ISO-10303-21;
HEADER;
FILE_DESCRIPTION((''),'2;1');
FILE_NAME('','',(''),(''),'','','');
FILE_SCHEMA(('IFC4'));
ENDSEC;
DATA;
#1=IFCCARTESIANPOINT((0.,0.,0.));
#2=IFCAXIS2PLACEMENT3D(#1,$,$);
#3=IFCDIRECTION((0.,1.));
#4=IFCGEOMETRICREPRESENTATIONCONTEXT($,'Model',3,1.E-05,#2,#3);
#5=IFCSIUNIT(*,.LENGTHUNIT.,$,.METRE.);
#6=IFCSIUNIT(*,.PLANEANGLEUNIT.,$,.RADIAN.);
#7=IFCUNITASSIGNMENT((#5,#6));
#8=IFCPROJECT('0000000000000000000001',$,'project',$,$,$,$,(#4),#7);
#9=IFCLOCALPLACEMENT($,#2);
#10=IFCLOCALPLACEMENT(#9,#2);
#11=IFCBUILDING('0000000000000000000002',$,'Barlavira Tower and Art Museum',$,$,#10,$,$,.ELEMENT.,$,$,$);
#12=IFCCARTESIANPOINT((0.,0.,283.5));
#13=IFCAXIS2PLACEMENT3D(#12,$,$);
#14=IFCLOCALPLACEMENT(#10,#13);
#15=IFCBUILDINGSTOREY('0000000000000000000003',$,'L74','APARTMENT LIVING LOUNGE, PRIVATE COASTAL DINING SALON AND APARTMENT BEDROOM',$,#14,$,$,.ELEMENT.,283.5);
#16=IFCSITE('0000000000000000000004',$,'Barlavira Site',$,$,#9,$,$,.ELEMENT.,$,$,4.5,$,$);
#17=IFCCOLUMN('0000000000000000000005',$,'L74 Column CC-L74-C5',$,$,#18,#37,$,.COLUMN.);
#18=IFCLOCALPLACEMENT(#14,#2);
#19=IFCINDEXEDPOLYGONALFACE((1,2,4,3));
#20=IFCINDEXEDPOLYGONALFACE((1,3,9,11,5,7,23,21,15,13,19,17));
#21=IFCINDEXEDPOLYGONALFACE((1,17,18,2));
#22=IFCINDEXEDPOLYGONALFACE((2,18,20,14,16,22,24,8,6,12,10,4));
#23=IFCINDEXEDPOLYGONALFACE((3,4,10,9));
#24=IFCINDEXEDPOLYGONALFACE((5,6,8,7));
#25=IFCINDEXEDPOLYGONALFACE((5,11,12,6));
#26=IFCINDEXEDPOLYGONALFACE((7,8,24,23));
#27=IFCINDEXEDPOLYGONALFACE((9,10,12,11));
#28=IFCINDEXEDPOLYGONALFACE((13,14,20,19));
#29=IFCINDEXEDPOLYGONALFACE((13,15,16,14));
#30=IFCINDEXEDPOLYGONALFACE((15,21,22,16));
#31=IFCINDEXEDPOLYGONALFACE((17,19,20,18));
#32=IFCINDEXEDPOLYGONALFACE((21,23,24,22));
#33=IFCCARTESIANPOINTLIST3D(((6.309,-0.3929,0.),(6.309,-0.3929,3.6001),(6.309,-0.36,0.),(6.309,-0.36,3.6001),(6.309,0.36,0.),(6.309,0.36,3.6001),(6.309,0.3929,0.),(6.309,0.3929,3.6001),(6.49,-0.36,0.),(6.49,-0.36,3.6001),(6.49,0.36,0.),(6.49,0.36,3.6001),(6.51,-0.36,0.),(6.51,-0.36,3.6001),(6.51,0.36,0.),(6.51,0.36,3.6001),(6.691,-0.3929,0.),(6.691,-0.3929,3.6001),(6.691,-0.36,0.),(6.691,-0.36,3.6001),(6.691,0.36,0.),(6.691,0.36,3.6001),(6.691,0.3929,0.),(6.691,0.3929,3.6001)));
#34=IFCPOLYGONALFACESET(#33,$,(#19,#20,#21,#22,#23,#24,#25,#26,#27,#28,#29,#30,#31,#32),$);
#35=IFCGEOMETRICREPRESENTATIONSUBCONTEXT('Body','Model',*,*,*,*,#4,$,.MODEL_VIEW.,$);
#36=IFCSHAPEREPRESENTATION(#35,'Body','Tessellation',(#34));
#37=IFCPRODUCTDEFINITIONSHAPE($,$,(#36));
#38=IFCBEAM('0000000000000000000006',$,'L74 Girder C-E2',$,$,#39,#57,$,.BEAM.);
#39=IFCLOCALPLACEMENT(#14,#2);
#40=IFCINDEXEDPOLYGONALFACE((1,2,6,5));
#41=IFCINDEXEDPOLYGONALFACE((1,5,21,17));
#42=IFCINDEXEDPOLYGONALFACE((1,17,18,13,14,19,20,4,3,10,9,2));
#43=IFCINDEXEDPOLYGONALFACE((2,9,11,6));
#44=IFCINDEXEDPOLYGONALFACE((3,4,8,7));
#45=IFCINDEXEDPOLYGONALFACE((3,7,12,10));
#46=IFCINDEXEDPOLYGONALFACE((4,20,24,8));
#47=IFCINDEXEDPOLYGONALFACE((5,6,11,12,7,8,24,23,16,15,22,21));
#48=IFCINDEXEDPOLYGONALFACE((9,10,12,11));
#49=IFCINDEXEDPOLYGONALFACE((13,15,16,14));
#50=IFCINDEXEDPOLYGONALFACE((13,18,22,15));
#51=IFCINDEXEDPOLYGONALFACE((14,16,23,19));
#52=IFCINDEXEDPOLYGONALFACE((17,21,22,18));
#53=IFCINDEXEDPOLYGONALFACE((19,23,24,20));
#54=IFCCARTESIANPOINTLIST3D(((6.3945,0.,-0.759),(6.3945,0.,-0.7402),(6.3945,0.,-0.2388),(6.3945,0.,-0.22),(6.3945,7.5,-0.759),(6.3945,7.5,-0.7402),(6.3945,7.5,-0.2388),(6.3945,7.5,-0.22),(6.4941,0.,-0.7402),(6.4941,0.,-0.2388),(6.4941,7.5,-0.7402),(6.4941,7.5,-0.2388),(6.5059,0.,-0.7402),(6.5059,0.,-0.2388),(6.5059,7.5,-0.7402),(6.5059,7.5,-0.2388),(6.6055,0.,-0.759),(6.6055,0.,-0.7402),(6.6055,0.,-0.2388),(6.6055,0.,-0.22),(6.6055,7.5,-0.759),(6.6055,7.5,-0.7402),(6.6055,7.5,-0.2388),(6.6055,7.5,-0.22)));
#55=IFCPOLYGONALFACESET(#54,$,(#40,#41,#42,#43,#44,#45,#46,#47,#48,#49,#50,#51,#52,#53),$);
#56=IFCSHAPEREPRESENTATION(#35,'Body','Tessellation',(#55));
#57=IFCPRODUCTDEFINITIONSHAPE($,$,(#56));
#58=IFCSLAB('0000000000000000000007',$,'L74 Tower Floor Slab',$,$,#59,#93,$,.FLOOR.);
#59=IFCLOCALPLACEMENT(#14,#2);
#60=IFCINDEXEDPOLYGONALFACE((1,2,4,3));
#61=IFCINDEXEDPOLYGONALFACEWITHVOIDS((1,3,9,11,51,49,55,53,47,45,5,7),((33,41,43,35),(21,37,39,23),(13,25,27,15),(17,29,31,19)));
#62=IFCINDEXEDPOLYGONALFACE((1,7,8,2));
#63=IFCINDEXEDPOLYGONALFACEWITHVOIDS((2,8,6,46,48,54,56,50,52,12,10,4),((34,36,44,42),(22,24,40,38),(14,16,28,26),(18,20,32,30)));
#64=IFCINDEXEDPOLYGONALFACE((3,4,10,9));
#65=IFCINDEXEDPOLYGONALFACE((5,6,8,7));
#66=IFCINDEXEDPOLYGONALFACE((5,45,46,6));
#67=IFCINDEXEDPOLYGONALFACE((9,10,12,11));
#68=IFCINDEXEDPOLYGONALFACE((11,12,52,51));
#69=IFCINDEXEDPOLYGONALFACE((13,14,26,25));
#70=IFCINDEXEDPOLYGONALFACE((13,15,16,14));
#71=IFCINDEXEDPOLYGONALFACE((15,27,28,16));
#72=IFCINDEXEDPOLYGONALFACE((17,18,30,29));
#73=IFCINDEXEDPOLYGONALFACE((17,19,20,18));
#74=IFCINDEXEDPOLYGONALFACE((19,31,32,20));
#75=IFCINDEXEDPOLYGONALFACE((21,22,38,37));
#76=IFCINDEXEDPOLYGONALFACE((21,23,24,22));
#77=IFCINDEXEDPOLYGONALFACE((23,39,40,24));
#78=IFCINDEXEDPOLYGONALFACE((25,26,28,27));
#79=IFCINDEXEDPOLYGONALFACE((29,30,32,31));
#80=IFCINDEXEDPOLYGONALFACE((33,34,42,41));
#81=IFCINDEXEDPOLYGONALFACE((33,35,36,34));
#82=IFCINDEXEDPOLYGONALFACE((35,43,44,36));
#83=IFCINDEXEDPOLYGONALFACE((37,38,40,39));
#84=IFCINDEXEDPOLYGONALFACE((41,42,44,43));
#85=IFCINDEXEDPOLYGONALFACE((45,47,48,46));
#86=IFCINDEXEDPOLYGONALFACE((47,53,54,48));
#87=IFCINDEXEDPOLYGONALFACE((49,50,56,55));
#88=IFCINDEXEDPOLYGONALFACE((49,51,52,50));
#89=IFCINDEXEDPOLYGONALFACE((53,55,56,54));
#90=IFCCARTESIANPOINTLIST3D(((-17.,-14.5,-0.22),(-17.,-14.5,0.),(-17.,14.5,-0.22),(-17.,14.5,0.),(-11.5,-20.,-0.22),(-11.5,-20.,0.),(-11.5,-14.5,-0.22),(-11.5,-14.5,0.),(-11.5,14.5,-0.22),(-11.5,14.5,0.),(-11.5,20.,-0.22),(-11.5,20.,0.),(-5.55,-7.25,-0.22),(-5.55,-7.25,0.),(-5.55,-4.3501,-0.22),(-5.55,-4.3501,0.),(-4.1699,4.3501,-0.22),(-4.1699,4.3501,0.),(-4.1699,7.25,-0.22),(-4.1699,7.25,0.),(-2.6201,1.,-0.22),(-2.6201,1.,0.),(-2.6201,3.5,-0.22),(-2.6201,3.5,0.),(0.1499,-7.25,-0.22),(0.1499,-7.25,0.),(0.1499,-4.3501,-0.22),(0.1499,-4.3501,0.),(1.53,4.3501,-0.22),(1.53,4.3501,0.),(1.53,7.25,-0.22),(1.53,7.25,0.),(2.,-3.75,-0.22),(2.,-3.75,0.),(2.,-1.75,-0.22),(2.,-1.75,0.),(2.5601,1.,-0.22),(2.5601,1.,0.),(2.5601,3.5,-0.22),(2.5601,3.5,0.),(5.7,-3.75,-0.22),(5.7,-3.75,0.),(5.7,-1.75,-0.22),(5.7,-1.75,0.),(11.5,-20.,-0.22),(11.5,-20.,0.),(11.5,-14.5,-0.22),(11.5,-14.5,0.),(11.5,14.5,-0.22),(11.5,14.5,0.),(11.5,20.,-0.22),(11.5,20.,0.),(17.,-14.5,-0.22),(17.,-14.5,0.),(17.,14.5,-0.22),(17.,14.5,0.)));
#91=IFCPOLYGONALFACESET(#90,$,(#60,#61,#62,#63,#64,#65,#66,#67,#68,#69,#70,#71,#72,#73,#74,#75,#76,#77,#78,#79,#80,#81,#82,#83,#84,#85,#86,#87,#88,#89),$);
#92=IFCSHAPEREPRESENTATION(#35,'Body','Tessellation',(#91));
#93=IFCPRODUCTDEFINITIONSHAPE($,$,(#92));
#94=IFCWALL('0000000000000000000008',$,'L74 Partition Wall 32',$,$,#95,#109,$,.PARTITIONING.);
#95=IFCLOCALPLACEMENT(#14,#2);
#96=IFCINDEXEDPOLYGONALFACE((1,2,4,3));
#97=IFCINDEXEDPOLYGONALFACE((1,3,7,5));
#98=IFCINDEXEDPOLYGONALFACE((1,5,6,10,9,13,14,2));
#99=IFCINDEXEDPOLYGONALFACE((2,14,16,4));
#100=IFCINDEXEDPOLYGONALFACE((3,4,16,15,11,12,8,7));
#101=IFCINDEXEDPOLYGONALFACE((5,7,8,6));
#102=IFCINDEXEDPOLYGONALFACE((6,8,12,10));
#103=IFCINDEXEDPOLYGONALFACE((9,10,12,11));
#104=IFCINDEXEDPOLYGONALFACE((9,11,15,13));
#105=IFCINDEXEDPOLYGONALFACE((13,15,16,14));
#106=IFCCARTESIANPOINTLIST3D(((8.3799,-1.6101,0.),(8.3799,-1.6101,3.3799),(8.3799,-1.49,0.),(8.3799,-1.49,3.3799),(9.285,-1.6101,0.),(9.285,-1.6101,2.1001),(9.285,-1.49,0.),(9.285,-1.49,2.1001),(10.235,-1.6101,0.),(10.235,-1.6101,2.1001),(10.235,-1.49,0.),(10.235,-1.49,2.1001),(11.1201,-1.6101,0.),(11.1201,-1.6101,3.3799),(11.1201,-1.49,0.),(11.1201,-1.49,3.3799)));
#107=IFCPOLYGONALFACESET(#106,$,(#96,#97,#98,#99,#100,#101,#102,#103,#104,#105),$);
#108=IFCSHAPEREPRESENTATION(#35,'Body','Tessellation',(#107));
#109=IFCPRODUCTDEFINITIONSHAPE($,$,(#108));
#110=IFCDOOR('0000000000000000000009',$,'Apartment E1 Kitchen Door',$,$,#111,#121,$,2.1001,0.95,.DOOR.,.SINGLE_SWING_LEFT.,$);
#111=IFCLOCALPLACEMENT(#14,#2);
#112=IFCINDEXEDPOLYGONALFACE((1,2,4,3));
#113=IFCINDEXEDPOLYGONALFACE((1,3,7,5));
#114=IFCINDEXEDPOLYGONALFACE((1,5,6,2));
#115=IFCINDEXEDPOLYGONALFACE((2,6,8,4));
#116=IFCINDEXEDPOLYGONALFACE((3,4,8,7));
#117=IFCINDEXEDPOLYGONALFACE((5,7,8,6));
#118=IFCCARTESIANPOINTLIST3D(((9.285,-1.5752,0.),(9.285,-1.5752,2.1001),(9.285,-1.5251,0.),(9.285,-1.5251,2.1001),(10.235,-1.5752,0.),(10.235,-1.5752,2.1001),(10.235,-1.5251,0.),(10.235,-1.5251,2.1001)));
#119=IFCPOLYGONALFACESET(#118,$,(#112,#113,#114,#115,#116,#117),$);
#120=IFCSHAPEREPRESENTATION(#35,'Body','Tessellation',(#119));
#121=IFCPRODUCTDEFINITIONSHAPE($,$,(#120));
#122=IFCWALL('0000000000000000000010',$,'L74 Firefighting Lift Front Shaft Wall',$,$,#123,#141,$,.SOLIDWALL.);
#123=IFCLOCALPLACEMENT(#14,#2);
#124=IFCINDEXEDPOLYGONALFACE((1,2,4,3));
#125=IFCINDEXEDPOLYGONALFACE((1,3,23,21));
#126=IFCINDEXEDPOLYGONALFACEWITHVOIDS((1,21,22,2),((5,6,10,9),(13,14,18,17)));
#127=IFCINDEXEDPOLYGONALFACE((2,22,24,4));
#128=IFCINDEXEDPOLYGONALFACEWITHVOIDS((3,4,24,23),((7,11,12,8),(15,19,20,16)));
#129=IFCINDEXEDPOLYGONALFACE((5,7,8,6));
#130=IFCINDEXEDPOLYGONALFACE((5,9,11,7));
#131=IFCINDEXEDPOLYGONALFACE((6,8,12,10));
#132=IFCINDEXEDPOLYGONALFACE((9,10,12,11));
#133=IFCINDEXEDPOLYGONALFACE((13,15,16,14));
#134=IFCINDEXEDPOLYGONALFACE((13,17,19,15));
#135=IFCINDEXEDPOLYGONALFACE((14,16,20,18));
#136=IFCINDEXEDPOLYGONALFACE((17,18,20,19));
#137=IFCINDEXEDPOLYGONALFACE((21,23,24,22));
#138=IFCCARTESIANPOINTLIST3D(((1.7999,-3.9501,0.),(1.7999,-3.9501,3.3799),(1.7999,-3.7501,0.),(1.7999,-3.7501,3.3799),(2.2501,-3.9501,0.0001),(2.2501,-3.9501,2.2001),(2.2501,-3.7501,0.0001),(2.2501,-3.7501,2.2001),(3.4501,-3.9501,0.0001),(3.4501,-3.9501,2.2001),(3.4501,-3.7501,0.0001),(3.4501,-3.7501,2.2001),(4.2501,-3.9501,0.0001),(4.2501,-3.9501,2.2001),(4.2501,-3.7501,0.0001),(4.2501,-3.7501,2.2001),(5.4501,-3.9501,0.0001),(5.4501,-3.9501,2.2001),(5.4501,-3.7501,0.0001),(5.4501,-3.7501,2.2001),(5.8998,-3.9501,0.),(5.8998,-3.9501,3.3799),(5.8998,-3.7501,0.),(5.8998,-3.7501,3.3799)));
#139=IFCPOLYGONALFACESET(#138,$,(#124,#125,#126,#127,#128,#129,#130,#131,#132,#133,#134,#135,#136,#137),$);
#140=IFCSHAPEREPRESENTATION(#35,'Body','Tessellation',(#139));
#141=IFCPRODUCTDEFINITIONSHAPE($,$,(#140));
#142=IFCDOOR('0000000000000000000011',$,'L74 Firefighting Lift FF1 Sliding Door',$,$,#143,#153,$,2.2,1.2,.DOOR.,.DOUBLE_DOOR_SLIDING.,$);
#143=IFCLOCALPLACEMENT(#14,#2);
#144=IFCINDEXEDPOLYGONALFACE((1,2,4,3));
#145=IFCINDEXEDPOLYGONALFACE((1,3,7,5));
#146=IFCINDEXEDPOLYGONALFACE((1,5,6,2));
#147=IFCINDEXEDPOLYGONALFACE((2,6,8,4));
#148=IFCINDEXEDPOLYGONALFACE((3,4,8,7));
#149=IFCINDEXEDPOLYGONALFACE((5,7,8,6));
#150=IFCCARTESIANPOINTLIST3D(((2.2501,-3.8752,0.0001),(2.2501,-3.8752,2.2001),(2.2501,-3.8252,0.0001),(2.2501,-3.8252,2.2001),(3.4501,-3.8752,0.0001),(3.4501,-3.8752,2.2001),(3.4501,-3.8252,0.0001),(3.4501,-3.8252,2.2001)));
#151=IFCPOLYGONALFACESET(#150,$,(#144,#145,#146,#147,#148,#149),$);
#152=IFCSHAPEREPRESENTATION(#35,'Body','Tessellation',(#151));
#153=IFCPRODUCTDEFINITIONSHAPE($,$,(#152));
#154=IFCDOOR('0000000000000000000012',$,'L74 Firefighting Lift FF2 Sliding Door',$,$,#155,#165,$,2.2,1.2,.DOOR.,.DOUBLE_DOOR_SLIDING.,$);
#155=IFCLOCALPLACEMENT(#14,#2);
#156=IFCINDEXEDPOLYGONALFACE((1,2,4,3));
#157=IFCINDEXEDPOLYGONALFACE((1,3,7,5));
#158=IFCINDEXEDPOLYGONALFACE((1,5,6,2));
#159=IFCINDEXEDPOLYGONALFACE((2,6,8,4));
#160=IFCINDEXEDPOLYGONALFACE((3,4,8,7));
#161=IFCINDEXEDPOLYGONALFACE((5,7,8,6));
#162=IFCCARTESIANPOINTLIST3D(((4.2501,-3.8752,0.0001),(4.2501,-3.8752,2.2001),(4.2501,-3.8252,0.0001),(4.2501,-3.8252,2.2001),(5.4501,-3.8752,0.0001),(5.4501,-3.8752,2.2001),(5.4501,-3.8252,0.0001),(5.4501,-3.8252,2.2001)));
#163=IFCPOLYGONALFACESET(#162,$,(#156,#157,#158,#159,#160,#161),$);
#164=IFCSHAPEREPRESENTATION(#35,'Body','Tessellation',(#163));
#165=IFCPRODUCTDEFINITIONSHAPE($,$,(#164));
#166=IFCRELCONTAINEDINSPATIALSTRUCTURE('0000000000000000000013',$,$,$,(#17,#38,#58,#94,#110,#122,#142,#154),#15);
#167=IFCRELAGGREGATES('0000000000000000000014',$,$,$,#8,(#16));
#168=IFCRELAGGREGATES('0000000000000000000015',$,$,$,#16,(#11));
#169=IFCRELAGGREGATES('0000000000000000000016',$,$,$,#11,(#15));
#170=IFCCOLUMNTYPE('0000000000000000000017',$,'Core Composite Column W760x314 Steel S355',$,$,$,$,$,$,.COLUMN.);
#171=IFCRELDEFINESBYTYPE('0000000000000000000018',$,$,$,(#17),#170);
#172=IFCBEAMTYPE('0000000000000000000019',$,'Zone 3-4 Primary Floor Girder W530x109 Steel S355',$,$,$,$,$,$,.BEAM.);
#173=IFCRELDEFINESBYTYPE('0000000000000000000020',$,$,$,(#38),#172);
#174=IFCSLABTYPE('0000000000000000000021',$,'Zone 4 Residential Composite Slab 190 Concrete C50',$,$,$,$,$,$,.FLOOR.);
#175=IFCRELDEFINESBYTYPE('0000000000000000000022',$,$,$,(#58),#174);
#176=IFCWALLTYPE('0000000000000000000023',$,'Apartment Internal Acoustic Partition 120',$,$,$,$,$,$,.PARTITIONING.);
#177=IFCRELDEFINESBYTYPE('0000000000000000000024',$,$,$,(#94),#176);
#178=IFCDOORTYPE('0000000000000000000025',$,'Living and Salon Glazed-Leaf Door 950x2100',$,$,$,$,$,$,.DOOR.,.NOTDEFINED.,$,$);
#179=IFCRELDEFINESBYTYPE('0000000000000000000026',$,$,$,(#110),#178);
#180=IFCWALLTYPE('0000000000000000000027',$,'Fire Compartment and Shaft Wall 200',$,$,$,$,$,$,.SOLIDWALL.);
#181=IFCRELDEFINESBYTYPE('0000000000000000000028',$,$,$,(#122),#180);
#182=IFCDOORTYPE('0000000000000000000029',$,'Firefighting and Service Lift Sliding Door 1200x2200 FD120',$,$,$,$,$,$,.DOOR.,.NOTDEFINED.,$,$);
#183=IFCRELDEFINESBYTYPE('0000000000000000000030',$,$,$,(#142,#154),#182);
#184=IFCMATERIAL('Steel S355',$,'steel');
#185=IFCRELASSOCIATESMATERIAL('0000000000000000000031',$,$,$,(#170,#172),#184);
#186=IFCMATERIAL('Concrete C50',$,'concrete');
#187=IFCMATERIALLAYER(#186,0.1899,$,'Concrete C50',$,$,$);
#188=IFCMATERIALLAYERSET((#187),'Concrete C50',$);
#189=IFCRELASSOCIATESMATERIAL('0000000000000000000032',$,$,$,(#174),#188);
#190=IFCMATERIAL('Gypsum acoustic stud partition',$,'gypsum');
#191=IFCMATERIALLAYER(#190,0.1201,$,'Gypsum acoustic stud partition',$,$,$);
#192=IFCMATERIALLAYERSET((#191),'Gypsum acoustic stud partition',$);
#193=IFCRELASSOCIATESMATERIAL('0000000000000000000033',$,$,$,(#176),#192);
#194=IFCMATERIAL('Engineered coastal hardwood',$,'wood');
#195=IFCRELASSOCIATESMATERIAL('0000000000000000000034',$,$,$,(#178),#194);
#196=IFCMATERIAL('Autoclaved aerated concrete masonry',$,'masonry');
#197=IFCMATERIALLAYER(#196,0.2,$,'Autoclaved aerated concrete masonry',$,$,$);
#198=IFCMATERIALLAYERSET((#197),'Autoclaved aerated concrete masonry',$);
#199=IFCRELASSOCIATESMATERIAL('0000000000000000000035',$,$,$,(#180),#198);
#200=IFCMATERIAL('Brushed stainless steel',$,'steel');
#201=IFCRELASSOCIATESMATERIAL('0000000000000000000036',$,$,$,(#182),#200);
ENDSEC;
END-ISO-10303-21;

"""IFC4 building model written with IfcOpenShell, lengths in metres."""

from ifc_helpers import new_model, si_unit, direction, frame, frame_2d, origin, origin_2d, place, context, subcontext, project, spatial, polyline, rectangle, i_section, outline, extrude, material, layer, layer_set, material_profile, profile_set, type_object, element, fill, save


model = new_model("IFC4")

# Units and contexts
model_context = context("Model", 3, precision=1e-05, world=origin(), true_north=direction((0.0, 1.0)))
body_context = subcontext(model_context, "Body", "Model", "MODEL_VIEW")
ifc_project = project(units=[si_unit("LENGTHUNIT", "METRE"), si_unit("PLANEANGLEUNIT", "RADIAN")], contexts=[model_context])

# Site, building, storey
site_placement = place(None, origin())
site = spatial("IfcSite", under=ifc_project, at=site_placement, Name="Barlavira Site", CompositionType="ELEMENT", RefElevation=4.5)
building_placement = place(site_placement, origin())
building = spatial("IfcBuilding", under=site, at=building_placement, Name="Barlavira Tower and Art Museum", CompositionType="ELEMENT")
storey_placement = place(building_placement, frame((0.0, 0.0, 283.5)))
storey = spatial("IfcBuildingStorey", under=building, at=storey_placement, Name="L74", Description="APARTMENT LIVING LOUNGE, PRIVATE COASTAL DINING SALON AND APARTMENT BEDROOM", CompositionType="ELEMENT", Elevation=283.5)

# Column
ifc_material_1 = material(Name="Steel S355", Category="steel")
ifc_material_profile_1 = material_profile(ifc_material_1, i_section(OverallWidth=0.3821, OverallDepth=0.7859, WebThickness=0.02, FlangeThickness=0.033, at=origin_2d()), Name="W760x314.0")
ifc_profile_set_1 = profile_set([ifc_material_profile_1], Name="Steel S355")
column_type = type_object("IfcColumnType", Name="Core Composite Column W760x314 Steel S355", PredefinedType="COLUMN", material=ifc_profile_set_1)
column_placement = place(storey_placement, frame((6.5, 0.0, 0.0), z_axis=(0.0, 0.0, 1.0), x_axis=(1.0, 0.0, 0.0)))
element("IfcColumn", 1, at=column_placement, inside=storey, type_object=column_type, Name="L74 Column CC-L74-C5", PredefinedType="COLUMN", context=body_context, shape_type="SweptSolid", body=[
    extrude(i_section(OverallWidth=0.3821, OverallDepth=0.7859, WebThickness=0.02, FlangeThickness=0.033, at=origin_2d()), origin(), (0.0, 0.0, 1.0), 3.6001),
])

# Beam
ifc_material_profile_2 = material_profile(ifc_material_1, i_section(OverallWidth=0.2109, OverallDepth=0.5391, WebThickness=0.0117, FlangeThickness=0.0188, at=origin_2d()), Name="W530x109.0")
ifc_profile_set_2 = profile_set([ifc_material_profile_2], Name="Steel S355")
beam_type = type_object("IfcBeamType", Name="Zone 3-4 Primary Floor Girder W530x109 Steel S355", PredefinedType="BEAM", material=ifc_profile_set_2)
beam_placement = place(storey_placement, frame((6.5, 0.0, -0.4895), z_axis=(0.0, 1.0, 0.0), x_axis=(-1.0, 0.0, 0.0)))
element("IfcBeam", 2, at=beam_placement, inside=storey, type_object=beam_type, Name="L74 Girder C-E2", PredefinedType="BEAM", context=body_context, shape_type="SweptSolid", body=[
    extrude(i_section(OverallWidth=0.2109, OverallDepth=0.5391, WebThickness=0.0117, FlangeThickness=0.0188, at=origin_2d()), origin(), (0.0, 0.0, 1.0), 7.5),
])

# Slab
ifc_material_2 = material(Name="Concrete C50", Category="concrete")
ifc_layer_1 = layer(ifc_material_2, 0.1899, Name="Concrete C50")
ifc_layer_set_1 = layer_set([ifc_layer_1], Name="Concrete C50")
slab_type = type_object("IfcSlabType", Name="Zone 4 Residential Composite Slab 190 Concrete C50", PredefinedType="FLOOR", material=ifc_layer_set_1)
slab_placement = place(storey_placement, frame((0.0, 0.0, -0.22)))
element("IfcSlab", 3, at=slab_placement, inside=storey, type_object=slab_type, Name="L74 Tower Floor Slab", PredefinedType="FLOOR", context=body_context, shape_type="SweptSolid", body=[
    extrude(outline(polyline([(-11.5, -20.0), (11.5, -20.0), (11.5, -14.5), (17.0, -14.5), (17.0, 14.5), (11.5, 14.5), (11.5, 20.0), (-11.5, 20.0), (-11.5, 14.5), (-17.0, 14.5), (-17.0, -14.5), (-11.5, -14.5), (-11.5, -20.0)]), holes=[polyline([(0.1499, -4.3501), (-5.55, -4.3501), (-5.55, -7.25), (0.1499, -7.25), (0.1499, -4.3501)]), polyline([(-4.1699, 4.3501), (1.53, 4.3501), (1.53, 7.25), (-4.1699, 7.25), (-4.1699, 4.3501)]), polyline([(-2.6201, 1.0), (2.5601, 1.0), (2.5601, 3.5), (-2.6201, 3.5), (-2.6201, 1.0)]), polyline([(2.0, -3.75), (5.7, -3.75), (5.7, -1.75), (2.0, -1.75), (2.0, -3.75)])]), origin(), (0.0, 0.0, 1.0), 0.22),
])

# Wall, opening, door
ifc_material_3 = material(Name="Gypsum acoustic stud partition", Category="gypsum")
ifc_layer_2 = layer(ifc_material_3, 0.1201, Name="Gypsum acoustic stud partition")
ifc_layer_set_2 = layer_set([ifc_layer_2], Name="Gypsum acoustic stud partition")
wall_type_1 = type_object("IfcWallType", Name="Apartment Internal Acoustic Partition 120", PredefinedType="PARTITIONING", material=ifc_layer_set_2)
wall_1_placement = place(storey_placement, frame((8.3799, -1.55, 0.0), z_axis=(0.0, 0.0, 1.0), x_axis=(1.0, 0.0, 0.0)))
wall_1 = element("IfcWall", 4, at=wall_1_placement, inside=storey, type_object=wall_type_1, Name="L74 Partition Wall 32", PredefinedType="PARTITIONING", context=body_context, shape_type="SweptSolid", body=[
    extrude(rectangle(XDim=2.7402, YDim=0.1201, at=frame_2d((1.3701, 0.0))), origin(), (0.0, 0.0, 1.0), 3.3799),
])
opening_1_placement = place(wall_1_placement, frame((0.905, 0.0, 0.0)))
opening_1 = element("IfcOpeningElement", 5, at=opening_1_placement, cuts=wall_1, PredefinedType="OPENING", context=body_context, shape_type="SweptSolid", body=[
    extrude(rectangle(XDim=0.95, YDim=2.1001, at=frame_2d((0.4751, 1.05))), frame((0.0, 0.0701, 0.0), z_axis=(0.0, -1.0, 0.0), x_axis=(1.0, 0.0, 0.0)), (0.0, 0.0, 1.0), 0.1401),
])
ifc_material_4 = material(Name="Engineered coastal hardwood", Category="wood")
door_type_1 = type_object("IfcDoorType", Name="Living and Salon Glazed-Leaf Door 950x2100", OperationType="NOTDEFINED", PredefinedType="DOOR", material=ifc_material_4)
door_1_placement = place(opening_1_placement, origin())
door_1 = element("IfcDoor", 6, at=door_1_placement, inside=storey, type_object=door_type_1, Name="Apartment E1 Kitchen Door", OperationType="SINGLE_SWING_LEFT", OverallHeight=2.1001, OverallWidth=0.95, PredefinedType="DOOR", context=body_context, shape_type="SweptSolid", body=[
    extrude(rectangle(XDim=0.95, YDim=2.1001, at=frame_2d((0.4751, 1.05))), frame((0.0, 0.0249, 0.0), z_axis=(0.0, -1.0, 0.0), x_axis=(1.0, 0.0, 0.0)), (0.0, 0.0, 1.0), 0.05),
])
fill(opening_1, door_1)
ifc_material_5 = material(Name="Brushed stainless steel", Category="steel")

# Wall, openings, doors
ifc_material_6 = material(Name="Autoclaved aerated concrete masonry", Category="masonry")
ifc_layer_3 = layer(ifc_material_6, 0.2, Name="Autoclaved aerated concrete masonry")
ifc_layer_set_3 = layer_set([ifc_layer_3], Name="Autoclaved aerated concrete masonry")
wall_type_2 = type_object("IfcWallType", Name="Fire Compartment and Shaft Wall 200", PredefinedType="SOLIDWALL", material=ifc_layer_set_3)
wall_2_placement = place(storey_placement, frame((1.8, -3.8501, 0.0), z_axis=(0.0, 0.0, 1.0), x_axis=(1.0, 0.0, 0.0)))
wall_2 = element("IfcWall", 7, at=wall_2_placement, inside=storey, type_object=wall_type_2, Name="L74 Firefighting Lift Front Shaft Wall", PredefinedType="SOLIDWALL", context=body_context, shape_type="SweptSolid", body=[
    extrude(rectangle(XDim=4.0999, YDim=0.2, at=frame_2d((2.0498, 0.0))), origin(), (0.0, 0.0, 1.0), 3.3799),
])
opening_2_placement = place(wall_2_placement, frame((0.45, 0.0, 0.0)))
opening_2 = element("IfcOpeningElement", 8, at=opening_2_placement, cuts=wall_2, PredefinedType="OPENING", context=body_context, shape_type="SweptSolid", body=[
    extrude(rectangle(XDim=1.2, YDim=2.2, at=frame_2d((0.6001, 1.1001))), frame((0.0, 0.1099, 0.0), z_axis=(0.0, -1.0, 0.0), x_axis=(1.0, 0.0, 0.0)), (0.0, 0.0, 1.0), 0.22),
])
opening_3_placement = place(wall_2_placement, frame((2.45, 0.0, 0.0)))
opening_3 = element("IfcOpeningElement", 9, at=opening_3_placement, cuts=wall_2, PredefinedType="OPENING", context=body_context, shape_type="SweptSolid", body=[
    extrude(rectangle(XDim=1.2, YDim=2.2, at=frame_2d((0.6001, 1.1001))), frame((0.0, 0.1099, 0.0), z_axis=(0.0, -1.0, 0.0), x_axis=(1.0, 0.0, 0.0)), (0.0, 0.0, 1.0), 0.22),
])
door_type_2 = type_object("IfcDoorType", Name="Firefighting and Service Lift Sliding Door 1200x2200 FD120", OperationType="NOTDEFINED", PredefinedType="DOOR", material=ifc_material_5)
door_2_placement = place(opening_2_placement, origin())
door_2 = element("IfcDoor", 10, at=door_2_placement, inside=storey, type_object=door_type_2, Name="L74 Firefighting Lift FF1 Sliding Door", OperationType="DOUBLE_DOOR_SLIDING", OverallHeight=2.2, OverallWidth=1.2, PredefinedType="DOOR", context=body_context, shape_type="SweptSolid", body=[
    extrude(rectangle(XDim=1.2, YDim=2.2, at=frame_2d((0.6001, 1.1001))), frame((0.0, 0.0249, 0.0), z_axis=(0.0, -1.0, 0.0), x_axis=(1.0, 0.0, 0.0)), (0.0, 0.0, 1.0), 0.05),
])
fill(opening_2, door_2)
door_3_placement = place(opening_3_placement, origin())
door_3 = element("IfcDoor", 11, at=door_3_placement, inside=storey, type_object=door_type_2, Name="L74 Firefighting Lift FF2 Sliding Door", OperationType="DOUBLE_DOOR_SLIDING", OverallHeight=2.2, OverallWidth=1.2, PredefinedType="DOOR", context=body_context, shape_type="SweptSolid", body=[
    extrude(rectangle(XDim=1.2, YDim=2.2, at=frame_2d((0.6001, 1.1001))), frame((0.0, 0.0249, 0.0), z_axis=(0.0, -1.0, 0.0), x_axis=(1.0, 0.0, 0.0)), (0.0, 0.0, 1.0), 0.05),
])
fill(opening_3, door_3)

save(model, "model.ifc")
